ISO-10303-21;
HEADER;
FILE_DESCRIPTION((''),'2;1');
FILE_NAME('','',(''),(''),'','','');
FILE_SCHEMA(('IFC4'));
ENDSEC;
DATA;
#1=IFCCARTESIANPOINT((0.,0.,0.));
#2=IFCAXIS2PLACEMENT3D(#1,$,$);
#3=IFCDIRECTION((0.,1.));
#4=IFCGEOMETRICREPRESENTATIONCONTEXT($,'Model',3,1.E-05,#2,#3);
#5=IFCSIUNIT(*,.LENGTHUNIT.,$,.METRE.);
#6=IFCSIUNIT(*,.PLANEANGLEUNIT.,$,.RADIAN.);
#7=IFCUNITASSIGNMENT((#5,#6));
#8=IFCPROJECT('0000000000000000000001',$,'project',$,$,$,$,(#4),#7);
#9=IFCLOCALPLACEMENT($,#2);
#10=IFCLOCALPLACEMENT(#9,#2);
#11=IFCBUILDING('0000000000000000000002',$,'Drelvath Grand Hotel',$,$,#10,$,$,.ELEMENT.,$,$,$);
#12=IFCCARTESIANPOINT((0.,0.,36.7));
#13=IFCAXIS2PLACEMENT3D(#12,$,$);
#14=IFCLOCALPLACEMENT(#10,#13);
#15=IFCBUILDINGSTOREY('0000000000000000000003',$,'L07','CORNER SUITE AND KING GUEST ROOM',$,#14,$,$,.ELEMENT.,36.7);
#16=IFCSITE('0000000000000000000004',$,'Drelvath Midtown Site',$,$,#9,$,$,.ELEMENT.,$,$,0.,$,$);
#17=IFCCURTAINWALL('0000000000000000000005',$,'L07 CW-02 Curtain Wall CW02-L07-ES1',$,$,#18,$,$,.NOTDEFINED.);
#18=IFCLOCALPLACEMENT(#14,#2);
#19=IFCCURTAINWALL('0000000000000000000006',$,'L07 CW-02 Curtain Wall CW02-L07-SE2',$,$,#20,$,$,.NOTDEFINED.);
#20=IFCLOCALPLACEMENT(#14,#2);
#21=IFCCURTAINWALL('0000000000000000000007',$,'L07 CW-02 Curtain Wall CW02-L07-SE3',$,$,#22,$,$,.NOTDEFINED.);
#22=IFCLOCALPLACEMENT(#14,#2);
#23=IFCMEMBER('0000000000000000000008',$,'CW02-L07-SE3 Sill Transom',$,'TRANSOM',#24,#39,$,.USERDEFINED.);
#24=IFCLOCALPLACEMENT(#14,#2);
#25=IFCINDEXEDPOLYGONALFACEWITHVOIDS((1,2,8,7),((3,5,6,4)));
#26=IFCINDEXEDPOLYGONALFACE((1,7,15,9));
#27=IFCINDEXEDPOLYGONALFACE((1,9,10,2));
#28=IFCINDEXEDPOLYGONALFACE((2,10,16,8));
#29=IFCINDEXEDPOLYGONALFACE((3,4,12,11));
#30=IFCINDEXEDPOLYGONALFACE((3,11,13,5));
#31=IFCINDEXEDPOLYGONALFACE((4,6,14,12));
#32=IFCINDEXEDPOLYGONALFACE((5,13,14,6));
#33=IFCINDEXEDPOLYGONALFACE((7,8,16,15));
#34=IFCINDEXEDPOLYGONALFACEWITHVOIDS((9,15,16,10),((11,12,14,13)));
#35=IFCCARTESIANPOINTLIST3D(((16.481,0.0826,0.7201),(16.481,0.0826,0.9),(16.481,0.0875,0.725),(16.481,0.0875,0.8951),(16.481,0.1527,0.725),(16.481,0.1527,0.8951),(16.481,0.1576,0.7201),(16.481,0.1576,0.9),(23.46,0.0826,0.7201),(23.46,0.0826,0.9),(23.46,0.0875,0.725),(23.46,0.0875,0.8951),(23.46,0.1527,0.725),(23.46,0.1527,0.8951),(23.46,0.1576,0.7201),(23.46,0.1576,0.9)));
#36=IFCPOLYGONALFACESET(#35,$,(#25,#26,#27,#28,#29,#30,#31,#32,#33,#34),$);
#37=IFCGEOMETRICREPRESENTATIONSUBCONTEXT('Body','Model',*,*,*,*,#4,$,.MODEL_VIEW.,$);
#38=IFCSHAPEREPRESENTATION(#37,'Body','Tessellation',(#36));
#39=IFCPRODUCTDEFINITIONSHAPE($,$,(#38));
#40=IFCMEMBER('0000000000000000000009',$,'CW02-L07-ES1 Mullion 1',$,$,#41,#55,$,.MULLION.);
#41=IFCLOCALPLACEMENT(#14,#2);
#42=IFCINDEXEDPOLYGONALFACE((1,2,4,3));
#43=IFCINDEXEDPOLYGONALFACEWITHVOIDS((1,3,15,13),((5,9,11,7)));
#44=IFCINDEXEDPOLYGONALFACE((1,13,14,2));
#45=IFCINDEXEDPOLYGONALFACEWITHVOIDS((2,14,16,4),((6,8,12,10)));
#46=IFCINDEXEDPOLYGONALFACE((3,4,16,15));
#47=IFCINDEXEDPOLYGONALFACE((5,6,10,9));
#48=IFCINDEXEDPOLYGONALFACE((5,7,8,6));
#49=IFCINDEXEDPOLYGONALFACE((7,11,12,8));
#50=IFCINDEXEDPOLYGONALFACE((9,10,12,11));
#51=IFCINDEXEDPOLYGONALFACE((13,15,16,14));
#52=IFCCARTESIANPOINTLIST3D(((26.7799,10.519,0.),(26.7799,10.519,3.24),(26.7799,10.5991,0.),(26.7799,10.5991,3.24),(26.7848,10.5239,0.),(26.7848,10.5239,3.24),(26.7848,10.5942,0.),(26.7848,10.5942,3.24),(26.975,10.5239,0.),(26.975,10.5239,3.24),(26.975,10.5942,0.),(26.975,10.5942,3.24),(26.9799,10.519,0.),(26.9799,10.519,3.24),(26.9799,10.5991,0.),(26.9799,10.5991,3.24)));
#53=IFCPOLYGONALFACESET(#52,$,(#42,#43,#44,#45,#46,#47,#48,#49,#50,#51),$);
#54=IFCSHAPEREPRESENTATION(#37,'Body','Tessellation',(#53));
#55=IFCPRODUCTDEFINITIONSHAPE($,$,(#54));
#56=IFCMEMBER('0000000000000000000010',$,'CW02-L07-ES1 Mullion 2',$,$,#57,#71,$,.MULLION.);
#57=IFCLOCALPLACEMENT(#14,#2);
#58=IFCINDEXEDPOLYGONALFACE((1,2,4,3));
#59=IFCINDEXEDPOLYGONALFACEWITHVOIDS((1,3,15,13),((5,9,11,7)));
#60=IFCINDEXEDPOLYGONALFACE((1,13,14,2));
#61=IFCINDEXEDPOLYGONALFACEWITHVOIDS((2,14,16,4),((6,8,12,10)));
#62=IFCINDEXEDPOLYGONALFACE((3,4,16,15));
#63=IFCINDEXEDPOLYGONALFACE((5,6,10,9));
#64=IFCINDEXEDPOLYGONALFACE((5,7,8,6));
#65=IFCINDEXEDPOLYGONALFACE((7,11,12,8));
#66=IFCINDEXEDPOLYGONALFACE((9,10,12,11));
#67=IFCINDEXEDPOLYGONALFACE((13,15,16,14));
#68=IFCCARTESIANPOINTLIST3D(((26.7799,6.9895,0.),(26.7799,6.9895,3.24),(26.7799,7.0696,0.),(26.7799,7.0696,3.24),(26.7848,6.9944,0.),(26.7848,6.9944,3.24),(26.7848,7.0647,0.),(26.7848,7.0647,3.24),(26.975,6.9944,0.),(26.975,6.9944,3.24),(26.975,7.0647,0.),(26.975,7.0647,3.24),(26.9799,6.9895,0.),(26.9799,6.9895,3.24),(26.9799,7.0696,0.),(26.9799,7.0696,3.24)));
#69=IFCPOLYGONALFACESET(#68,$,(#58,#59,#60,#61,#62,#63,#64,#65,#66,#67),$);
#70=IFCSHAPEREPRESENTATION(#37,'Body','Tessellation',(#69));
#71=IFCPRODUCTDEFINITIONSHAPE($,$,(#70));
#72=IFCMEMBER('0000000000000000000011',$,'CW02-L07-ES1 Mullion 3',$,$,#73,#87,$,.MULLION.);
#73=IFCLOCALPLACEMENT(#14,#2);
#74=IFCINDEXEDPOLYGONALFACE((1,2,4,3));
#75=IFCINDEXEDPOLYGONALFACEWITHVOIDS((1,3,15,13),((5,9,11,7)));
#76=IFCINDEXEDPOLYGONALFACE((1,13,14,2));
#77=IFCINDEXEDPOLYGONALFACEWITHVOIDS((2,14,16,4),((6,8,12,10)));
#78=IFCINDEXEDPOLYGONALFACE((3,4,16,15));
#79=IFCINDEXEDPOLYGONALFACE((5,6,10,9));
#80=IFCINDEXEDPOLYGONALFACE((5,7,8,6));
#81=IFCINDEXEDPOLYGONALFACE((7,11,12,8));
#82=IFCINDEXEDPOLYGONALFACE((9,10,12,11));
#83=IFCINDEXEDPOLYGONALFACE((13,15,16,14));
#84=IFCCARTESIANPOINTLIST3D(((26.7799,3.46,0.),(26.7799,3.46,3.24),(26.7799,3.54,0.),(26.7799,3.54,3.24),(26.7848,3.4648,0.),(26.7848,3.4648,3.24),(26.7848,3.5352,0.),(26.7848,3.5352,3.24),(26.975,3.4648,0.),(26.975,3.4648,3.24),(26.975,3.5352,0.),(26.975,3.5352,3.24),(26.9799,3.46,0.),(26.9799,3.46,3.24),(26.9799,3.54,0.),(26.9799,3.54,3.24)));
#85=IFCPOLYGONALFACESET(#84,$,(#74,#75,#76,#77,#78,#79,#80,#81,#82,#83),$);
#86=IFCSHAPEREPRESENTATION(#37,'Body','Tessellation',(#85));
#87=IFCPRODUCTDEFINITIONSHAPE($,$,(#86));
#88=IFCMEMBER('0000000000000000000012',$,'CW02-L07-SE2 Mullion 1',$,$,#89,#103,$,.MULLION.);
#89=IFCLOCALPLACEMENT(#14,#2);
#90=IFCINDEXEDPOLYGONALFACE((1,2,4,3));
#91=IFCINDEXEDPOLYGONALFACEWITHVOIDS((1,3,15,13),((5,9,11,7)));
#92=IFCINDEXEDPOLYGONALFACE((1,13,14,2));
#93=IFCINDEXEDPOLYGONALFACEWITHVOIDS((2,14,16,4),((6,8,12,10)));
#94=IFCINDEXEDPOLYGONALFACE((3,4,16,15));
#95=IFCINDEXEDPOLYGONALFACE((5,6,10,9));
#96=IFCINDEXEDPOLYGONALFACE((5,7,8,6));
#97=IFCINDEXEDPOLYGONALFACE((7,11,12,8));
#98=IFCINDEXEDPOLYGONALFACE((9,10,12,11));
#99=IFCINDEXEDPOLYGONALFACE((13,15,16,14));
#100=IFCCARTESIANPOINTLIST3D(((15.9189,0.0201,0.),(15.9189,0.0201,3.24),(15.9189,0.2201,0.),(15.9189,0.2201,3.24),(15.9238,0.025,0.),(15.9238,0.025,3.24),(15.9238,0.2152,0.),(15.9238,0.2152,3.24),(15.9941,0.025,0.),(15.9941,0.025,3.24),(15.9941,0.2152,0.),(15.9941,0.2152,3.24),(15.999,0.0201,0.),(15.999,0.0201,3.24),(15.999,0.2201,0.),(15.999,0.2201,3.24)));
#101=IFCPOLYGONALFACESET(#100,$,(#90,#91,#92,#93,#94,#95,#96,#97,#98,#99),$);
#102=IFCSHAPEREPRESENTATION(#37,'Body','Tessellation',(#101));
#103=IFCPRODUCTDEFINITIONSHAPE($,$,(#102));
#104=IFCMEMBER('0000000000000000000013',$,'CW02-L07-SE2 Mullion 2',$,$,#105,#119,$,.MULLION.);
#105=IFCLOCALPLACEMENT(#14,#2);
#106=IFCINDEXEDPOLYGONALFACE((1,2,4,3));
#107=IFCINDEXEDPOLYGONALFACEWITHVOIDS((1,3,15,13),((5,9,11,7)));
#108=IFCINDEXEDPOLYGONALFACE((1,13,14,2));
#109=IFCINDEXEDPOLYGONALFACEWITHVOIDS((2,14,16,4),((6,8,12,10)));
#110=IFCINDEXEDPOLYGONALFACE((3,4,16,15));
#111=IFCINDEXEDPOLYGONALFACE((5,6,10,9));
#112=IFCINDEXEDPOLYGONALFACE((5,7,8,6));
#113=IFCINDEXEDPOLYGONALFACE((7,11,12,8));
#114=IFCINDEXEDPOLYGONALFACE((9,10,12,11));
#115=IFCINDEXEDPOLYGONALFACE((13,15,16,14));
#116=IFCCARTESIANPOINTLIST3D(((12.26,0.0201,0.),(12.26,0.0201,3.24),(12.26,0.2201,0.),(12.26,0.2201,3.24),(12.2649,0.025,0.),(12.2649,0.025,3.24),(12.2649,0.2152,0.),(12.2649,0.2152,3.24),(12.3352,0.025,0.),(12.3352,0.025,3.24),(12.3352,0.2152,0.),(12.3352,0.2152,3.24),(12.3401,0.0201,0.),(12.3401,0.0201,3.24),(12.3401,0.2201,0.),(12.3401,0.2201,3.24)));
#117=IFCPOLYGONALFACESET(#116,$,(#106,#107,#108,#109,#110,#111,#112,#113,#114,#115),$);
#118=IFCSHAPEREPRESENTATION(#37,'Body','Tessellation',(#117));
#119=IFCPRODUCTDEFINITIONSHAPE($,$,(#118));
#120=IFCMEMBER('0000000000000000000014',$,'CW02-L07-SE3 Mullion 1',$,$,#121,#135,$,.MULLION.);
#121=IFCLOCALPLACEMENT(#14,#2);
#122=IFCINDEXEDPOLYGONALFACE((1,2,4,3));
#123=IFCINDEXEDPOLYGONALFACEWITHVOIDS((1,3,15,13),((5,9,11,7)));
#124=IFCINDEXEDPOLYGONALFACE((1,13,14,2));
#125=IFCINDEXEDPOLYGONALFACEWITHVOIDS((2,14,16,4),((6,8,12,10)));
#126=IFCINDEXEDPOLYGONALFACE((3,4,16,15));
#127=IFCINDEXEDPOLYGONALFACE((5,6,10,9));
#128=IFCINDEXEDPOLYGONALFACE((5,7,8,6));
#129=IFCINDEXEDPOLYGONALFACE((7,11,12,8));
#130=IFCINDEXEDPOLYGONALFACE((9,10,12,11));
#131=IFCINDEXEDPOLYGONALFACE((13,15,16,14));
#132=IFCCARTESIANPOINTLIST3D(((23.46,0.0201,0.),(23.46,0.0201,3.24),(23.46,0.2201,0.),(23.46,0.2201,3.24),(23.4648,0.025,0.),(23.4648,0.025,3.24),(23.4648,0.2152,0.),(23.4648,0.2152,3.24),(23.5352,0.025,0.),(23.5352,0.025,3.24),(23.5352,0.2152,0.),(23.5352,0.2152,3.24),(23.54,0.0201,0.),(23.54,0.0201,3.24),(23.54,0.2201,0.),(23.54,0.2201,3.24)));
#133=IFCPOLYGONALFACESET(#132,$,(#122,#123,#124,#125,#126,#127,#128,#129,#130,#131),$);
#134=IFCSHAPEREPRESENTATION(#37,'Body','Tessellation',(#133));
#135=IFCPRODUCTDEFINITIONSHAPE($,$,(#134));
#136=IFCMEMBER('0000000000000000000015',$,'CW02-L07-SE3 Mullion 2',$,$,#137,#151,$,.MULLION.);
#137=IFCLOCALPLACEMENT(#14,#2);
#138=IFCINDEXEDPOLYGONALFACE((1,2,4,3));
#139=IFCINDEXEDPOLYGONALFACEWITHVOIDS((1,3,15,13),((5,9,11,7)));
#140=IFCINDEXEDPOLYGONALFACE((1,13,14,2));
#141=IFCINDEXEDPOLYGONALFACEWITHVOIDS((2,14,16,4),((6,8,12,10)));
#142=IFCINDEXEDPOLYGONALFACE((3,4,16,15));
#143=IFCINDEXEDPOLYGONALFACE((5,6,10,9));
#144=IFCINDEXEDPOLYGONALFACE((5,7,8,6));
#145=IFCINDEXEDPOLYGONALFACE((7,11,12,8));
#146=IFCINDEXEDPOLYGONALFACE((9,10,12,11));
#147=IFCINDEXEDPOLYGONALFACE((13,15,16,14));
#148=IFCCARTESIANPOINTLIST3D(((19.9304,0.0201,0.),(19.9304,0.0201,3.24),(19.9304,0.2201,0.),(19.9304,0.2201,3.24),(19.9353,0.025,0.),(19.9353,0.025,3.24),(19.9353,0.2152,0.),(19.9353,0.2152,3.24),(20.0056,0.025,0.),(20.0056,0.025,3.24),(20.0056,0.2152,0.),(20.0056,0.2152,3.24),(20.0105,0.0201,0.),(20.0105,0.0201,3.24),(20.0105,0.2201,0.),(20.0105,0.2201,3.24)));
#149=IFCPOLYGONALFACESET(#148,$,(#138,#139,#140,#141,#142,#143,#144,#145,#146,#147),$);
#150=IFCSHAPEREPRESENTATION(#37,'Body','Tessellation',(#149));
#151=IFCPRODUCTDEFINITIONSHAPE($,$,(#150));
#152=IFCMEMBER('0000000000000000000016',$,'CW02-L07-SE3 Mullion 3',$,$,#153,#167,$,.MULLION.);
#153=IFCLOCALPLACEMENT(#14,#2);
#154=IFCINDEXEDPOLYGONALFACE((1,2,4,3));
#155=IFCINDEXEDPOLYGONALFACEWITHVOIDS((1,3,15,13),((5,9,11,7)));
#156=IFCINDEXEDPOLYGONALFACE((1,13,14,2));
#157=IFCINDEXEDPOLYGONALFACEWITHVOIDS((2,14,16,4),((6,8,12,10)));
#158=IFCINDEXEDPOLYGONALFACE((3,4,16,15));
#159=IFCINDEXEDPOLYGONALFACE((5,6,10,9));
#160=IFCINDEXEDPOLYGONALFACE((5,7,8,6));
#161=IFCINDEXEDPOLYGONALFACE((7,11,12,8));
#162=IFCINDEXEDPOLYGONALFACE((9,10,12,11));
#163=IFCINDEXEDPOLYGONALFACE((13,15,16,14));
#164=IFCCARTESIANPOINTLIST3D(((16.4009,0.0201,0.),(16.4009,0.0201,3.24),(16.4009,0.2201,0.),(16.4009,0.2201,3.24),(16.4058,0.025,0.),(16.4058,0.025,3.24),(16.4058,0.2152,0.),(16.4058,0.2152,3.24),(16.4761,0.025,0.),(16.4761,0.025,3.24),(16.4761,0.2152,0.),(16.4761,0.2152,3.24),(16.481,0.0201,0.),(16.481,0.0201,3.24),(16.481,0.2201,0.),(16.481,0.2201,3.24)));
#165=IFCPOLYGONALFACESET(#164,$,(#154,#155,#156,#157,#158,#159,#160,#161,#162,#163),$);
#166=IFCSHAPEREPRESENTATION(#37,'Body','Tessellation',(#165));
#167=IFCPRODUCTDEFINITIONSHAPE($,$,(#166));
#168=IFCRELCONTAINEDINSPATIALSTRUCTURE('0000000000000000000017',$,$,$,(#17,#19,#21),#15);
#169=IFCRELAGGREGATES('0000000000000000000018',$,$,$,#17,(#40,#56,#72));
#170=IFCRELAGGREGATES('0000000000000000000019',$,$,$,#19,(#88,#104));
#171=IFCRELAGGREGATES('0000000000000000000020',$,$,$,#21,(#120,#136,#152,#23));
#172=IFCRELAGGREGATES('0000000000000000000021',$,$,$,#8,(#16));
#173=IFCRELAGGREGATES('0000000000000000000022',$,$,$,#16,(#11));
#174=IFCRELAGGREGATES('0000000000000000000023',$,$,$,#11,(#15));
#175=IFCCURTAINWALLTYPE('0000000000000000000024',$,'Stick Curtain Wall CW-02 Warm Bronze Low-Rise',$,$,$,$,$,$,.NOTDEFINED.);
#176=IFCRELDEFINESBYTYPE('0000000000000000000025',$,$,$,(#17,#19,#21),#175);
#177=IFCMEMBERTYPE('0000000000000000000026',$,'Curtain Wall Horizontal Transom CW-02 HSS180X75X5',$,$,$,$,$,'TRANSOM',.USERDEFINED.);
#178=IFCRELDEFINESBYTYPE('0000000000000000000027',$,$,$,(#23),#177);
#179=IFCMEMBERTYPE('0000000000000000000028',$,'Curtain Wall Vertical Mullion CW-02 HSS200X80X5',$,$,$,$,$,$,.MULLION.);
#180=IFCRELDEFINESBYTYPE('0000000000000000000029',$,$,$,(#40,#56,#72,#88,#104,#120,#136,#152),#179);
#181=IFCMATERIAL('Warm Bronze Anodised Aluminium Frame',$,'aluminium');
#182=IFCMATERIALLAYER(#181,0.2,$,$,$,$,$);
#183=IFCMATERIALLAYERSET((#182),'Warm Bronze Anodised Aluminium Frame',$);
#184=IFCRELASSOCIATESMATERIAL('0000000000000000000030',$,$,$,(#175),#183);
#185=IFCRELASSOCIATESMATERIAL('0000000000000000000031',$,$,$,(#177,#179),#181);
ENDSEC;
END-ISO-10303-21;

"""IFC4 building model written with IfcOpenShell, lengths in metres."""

from ifc_helpers import new_model, si_unit, direction, frame, origin, origin_2d, place, context, subcontext, project, spatial, hollow_rectangle, extrude, material, layer, layer_set, material_profile, profile_set, type_object, element, aggregate, save


model = new_model("IFC4")

# Units and contexts
model_context = context("Model", 3, precision=1e-05, world=origin(), true_north=direction((0.0, 1.0)))
body_context = subcontext(model_context, "Body", "Model", "MODEL_VIEW")
ifc_project = project(units=[si_unit("LENGTHUNIT", "METRE"), si_unit("PLANEANGLEUNIT", "RADIAN")], contexts=[model_context])

# Site, building, storey
site_placement = place(None, origin())
site = spatial("IfcSite", under=ifc_project, at=site_placement, Name="Drelvath Midtown Site", CompositionType="ELEMENT", RefElevation=0.0)
building_placement = place(site_placement, origin())
building = spatial("IfcBuilding", under=site, at=building_placement, Name="Drelvath Grand Hotel", CompositionType="ELEMENT")
storey_placement = place(building_placement, frame((0.0, 0.0, 36.7)))
storey = spatial("IfcBuildingStorey", under=building, at=storey_placement, Name="L07", Description="CORNER SUITE AND KING GUEST ROOM", CompositionType="ELEMENT", Elevation=36.7)

# Curtain walls, member
ifc_material_1 = material(Name="Warm Bronze Anodised Aluminium Frame", Category="aluminium")
ifc_layer_1 = layer(ifc_material_1, 0.2)
ifc_layer_set_1 = layer_set([ifc_layer_1], Name="Warm Bronze Anodised Aluminium Frame")
curtain_wall_type = type_object("IfcCurtainWallType", Name="Stick Curtain Wall CW-02 Warm Bronze Low-Rise", PredefinedType="NOTDEFINED", material=ifc_layer_set_1)
curtain_wall_1_placement = place(storey_placement, origin())
curtain_wall_1 = element("IfcCurtainWall", 1, at=curtain_wall_1_placement, inside=storey, type_object=curtain_wall_type, Name="L07 CW-02 Curtain Wall CW02-L07-ES1", PredefinedType="NOTDEFINED")
ifc_material_profile_1 = material_profile(ifc_material_1, hollow_rectangle(XDim=0.075, YDim=0.1799, WallThickness=0.0049, at=origin_2d()), Name="HSS180X75X5")
ifc_profile_set_1 = profile_set([ifc_material_profile_1], Name="Warm Bronze Anodised Aluminium Frame")
member_type_1 = type_object("IfcMemberType", Name="Curtain Wall Horizontal Transom CW-02 HSS180X75X5", ElementType="TRANSOM", PredefinedType="USERDEFINED", material=ifc_profile_set_1)
curtain_wall_2_placement = place(storey_placement, origin())
curtain_wall_2 = element("IfcCurtainWall", 2, at=curtain_wall_2_placement, inside=storey, type_object=curtain_wall_type, Name="L07 CW-02 Curtain Wall CW02-L07-SE2", PredefinedType="NOTDEFINED")
curtain_wall_3_placement = place(storey_placement, origin())
curtain_wall_3 = element("IfcCurtainWall", 3, at=curtain_wall_3_placement, inside=storey, type_object=curtain_wall_type, Name="L07 CW-02 Curtain Wall CW02-L07-SE3", PredefinedType="NOTDEFINED")
member_1_placement = place(storey_placement, frame((23.46, 0.1201, 0.8101), z_axis=(-1.0, 0.0, 0.0), x_axis=(0.0, -1.0, 0.0)))
member_1 = element("IfcMember", 4, at=member_1_placement, type_object=member_type_1, Name="CW02-L07-SE3 Sill Transom", ObjectType="TRANSOM", PredefinedType="USERDEFINED", context=body_context, shape_type="SweptSolid", body=[
    extrude(hollow_rectangle(XDim=0.075, YDim=0.1799, WallThickness=0.0049, at=origin_2d()), origin(), (0.0, 0.0, 1.0), 6.979),
])

# Members
ifc_material_profile_2 = material_profile(ifc_material_1, hollow_rectangle(XDim=0.0801, YDim=0.2, WallThickness=0.0049, at=origin_2d()), Name="HSS200X80X5")
ifc_profile_set_2 = profile_set([ifc_material_profile_2], Name="Warm Bronze Anodised Aluminium Frame")
member_type_2 = type_object("IfcMemberType", Name="Curtain Wall Vertical Mullion CW-02 HSS200X80X5", PredefinedType="MULLION", material=ifc_profile_set_2)
member_2_placement = place(storey_placement, frame((26.8799, 10.5591, 0.0), z_axis=(0.0, 0.0, 1.0), x_axis=(0.0, 1.0, 0.0)))
member_2 = element("IfcMember", 5, at=member_2_placement, type_object=member_type_2, Name="CW02-L07-ES1 Mullion 1", PredefinedType="MULLION", context=body_context, shape_type="SweptSolid", body=[
    extrude(hollow_rectangle(XDim=0.0801, YDim=0.2, WallThickness=0.0049, at=origin_2d()), origin(), (0.0, 0.0, 1.0), 3.24),
])
member_3_placement = place(storey_placement, frame((26.8799, 7.0295, 0.0), z_axis=(0.0, 0.0, 1.0), x_axis=(0.0, 1.0, 0.0)))
member_3 = element("IfcMember", 6, at=member_3_placement, type_object=member_type_2, Name="CW02-L07-ES1 Mullion 2", PredefinedType="MULLION", context=body_context, shape_type="SweptSolid", body=[
    extrude(hollow_rectangle(XDim=0.0801, YDim=0.2, WallThickness=0.0049, at=origin_2d()), origin(), (0.0, 0.0, 1.0), 3.24),
])
member_4_placement = place(storey_placement, frame((26.8799, 3.5, 0.0), z_axis=(0.0, 0.0, 1.0), x_axis=(0.0, 1.0, 0.0)))
member_4 = element("IfcMember", 7, at=member_4_placement, type_object=member_type_2, Name="CW02-L07-ES1 Mullion 3", PredefinedType="MULLION", context=body_context, shape_type="SweptSolid", body=[
    extrude(hollow_rectangle(XDim=0.0801, YDim=0.2, WallThickness=0.0049, at=origin_2d()), origin(), (0.0, 0.0, 1.0), 3.24),
])
member_5_placement = place(storey_placement, frame((15.959, 0.1201, 0.0), z_axis=(0.0, 0.0, 1.0), x_axis=(1.0, 0.0, 0.0)))
member_5 = element("IfcMember", 8, at=member_5_placement, type_object=member_type_2, Name="CW02-L07-SE2 Mullion 1", PredefinedType="MULLION", context=body_context, shape_type="SweptSolid", body=[
    extrude(hollow_rectangle(XDim=0.0801, YDim=0.2, WallThickness=0.0049, at=origin_2d()), origin(), (0.0, 0.0, 1.0), 3.24),
])
member_6_placement = place(storey_placement, frame((12.3, 0.1201, 0.0), z_axis=(0.0, 0.0, 1.0), x_axis=(1.0, 0.0, 0.0)))
member_6 = element("IfcMember", 9, at=member_6_placement, type_object=member_type_2, Name="CW02-L07-SE2 Mullion 2", PredefinedType="MULLION", context=body_context, shape_type="SweptSolid", body=[
    extrude(hollow_rectangle(XDim=0.0801, YDim=0.2, WallThickness=0.0049, at=origin_2d()), origin(), (0.0, 0.0, 1.0), 3.24),
])
member_7_placement = place(storey_placement, frame((23.5, 0.1201, 0.0), z_axis=(0.0, 0.0, 1.0), x_axis=(1.0, 0.0, 0.0)))
member_7 = element("IfcMember", 10, at=member_7_placement, type_object=member_type_2, Name="CW02-L07-SE3 Mullion 1", PredefinedType="MULLION", context=body_context, shape_type="SweptSolid", body=[
    extrude(hollow_rectangle(XDim=0.0801, YDim=0.2, WallThickness=0.0049, at=origin_2d()), origin(), (0.0, 0.0, 1.0), 3.24),
])
member_8_placement = place(storey_placement, frame((19.9705, 0.1201, 0.0), z_axis=(0.0, 0.0, 1.0), x_axis=(1.0, 0.0, 0.0)))
member_8 = element("IfcMember", 11, at=member_8_placement, type_object=member_type_2, Name="CW02-L07-SE3 Mullion 2", PredefinedType="MULLION", context=body_context, shape_type="SweptSolid", body=[
    extrude(hollow_rectangle(XDim=0.0801, YDim=0.2, WallThickness=0.0049, at=origin_2d()), origin(), (0.0, 0.0, 1.0), 3.24),
])
member_9_placement = place(storey_placement, frame((16.4409, 0.1201, 0.0), z_axis=(0.0, 0.0, 1.0), x_axis=(1.0, 0.0, 0.0)))
member_9 = element("IfcMember", 12, at=member_9_placement, type_object=member_type_2, Name="CW02-L07-SE3 Mullion 3", PredefinedType="MULLION", context=body_context, shape_type="SweptSolid", body=[
    extrude(hollow_rectangle(XDim=0.0801, YDim=0.2, WallThickness=0.0049, at=origin_2d()), origin(), (0.0, 0.0, 1.0), 3.24),
])

aggregate(curtain_wall_1, [member_2, member_3, member_4])
aggregate(curtain_wall_2, [member_5, member_6])
aggregate(curtain_wall_3, [member_7, member_8, member_9, member_1])

save(model, "model.ifc")
